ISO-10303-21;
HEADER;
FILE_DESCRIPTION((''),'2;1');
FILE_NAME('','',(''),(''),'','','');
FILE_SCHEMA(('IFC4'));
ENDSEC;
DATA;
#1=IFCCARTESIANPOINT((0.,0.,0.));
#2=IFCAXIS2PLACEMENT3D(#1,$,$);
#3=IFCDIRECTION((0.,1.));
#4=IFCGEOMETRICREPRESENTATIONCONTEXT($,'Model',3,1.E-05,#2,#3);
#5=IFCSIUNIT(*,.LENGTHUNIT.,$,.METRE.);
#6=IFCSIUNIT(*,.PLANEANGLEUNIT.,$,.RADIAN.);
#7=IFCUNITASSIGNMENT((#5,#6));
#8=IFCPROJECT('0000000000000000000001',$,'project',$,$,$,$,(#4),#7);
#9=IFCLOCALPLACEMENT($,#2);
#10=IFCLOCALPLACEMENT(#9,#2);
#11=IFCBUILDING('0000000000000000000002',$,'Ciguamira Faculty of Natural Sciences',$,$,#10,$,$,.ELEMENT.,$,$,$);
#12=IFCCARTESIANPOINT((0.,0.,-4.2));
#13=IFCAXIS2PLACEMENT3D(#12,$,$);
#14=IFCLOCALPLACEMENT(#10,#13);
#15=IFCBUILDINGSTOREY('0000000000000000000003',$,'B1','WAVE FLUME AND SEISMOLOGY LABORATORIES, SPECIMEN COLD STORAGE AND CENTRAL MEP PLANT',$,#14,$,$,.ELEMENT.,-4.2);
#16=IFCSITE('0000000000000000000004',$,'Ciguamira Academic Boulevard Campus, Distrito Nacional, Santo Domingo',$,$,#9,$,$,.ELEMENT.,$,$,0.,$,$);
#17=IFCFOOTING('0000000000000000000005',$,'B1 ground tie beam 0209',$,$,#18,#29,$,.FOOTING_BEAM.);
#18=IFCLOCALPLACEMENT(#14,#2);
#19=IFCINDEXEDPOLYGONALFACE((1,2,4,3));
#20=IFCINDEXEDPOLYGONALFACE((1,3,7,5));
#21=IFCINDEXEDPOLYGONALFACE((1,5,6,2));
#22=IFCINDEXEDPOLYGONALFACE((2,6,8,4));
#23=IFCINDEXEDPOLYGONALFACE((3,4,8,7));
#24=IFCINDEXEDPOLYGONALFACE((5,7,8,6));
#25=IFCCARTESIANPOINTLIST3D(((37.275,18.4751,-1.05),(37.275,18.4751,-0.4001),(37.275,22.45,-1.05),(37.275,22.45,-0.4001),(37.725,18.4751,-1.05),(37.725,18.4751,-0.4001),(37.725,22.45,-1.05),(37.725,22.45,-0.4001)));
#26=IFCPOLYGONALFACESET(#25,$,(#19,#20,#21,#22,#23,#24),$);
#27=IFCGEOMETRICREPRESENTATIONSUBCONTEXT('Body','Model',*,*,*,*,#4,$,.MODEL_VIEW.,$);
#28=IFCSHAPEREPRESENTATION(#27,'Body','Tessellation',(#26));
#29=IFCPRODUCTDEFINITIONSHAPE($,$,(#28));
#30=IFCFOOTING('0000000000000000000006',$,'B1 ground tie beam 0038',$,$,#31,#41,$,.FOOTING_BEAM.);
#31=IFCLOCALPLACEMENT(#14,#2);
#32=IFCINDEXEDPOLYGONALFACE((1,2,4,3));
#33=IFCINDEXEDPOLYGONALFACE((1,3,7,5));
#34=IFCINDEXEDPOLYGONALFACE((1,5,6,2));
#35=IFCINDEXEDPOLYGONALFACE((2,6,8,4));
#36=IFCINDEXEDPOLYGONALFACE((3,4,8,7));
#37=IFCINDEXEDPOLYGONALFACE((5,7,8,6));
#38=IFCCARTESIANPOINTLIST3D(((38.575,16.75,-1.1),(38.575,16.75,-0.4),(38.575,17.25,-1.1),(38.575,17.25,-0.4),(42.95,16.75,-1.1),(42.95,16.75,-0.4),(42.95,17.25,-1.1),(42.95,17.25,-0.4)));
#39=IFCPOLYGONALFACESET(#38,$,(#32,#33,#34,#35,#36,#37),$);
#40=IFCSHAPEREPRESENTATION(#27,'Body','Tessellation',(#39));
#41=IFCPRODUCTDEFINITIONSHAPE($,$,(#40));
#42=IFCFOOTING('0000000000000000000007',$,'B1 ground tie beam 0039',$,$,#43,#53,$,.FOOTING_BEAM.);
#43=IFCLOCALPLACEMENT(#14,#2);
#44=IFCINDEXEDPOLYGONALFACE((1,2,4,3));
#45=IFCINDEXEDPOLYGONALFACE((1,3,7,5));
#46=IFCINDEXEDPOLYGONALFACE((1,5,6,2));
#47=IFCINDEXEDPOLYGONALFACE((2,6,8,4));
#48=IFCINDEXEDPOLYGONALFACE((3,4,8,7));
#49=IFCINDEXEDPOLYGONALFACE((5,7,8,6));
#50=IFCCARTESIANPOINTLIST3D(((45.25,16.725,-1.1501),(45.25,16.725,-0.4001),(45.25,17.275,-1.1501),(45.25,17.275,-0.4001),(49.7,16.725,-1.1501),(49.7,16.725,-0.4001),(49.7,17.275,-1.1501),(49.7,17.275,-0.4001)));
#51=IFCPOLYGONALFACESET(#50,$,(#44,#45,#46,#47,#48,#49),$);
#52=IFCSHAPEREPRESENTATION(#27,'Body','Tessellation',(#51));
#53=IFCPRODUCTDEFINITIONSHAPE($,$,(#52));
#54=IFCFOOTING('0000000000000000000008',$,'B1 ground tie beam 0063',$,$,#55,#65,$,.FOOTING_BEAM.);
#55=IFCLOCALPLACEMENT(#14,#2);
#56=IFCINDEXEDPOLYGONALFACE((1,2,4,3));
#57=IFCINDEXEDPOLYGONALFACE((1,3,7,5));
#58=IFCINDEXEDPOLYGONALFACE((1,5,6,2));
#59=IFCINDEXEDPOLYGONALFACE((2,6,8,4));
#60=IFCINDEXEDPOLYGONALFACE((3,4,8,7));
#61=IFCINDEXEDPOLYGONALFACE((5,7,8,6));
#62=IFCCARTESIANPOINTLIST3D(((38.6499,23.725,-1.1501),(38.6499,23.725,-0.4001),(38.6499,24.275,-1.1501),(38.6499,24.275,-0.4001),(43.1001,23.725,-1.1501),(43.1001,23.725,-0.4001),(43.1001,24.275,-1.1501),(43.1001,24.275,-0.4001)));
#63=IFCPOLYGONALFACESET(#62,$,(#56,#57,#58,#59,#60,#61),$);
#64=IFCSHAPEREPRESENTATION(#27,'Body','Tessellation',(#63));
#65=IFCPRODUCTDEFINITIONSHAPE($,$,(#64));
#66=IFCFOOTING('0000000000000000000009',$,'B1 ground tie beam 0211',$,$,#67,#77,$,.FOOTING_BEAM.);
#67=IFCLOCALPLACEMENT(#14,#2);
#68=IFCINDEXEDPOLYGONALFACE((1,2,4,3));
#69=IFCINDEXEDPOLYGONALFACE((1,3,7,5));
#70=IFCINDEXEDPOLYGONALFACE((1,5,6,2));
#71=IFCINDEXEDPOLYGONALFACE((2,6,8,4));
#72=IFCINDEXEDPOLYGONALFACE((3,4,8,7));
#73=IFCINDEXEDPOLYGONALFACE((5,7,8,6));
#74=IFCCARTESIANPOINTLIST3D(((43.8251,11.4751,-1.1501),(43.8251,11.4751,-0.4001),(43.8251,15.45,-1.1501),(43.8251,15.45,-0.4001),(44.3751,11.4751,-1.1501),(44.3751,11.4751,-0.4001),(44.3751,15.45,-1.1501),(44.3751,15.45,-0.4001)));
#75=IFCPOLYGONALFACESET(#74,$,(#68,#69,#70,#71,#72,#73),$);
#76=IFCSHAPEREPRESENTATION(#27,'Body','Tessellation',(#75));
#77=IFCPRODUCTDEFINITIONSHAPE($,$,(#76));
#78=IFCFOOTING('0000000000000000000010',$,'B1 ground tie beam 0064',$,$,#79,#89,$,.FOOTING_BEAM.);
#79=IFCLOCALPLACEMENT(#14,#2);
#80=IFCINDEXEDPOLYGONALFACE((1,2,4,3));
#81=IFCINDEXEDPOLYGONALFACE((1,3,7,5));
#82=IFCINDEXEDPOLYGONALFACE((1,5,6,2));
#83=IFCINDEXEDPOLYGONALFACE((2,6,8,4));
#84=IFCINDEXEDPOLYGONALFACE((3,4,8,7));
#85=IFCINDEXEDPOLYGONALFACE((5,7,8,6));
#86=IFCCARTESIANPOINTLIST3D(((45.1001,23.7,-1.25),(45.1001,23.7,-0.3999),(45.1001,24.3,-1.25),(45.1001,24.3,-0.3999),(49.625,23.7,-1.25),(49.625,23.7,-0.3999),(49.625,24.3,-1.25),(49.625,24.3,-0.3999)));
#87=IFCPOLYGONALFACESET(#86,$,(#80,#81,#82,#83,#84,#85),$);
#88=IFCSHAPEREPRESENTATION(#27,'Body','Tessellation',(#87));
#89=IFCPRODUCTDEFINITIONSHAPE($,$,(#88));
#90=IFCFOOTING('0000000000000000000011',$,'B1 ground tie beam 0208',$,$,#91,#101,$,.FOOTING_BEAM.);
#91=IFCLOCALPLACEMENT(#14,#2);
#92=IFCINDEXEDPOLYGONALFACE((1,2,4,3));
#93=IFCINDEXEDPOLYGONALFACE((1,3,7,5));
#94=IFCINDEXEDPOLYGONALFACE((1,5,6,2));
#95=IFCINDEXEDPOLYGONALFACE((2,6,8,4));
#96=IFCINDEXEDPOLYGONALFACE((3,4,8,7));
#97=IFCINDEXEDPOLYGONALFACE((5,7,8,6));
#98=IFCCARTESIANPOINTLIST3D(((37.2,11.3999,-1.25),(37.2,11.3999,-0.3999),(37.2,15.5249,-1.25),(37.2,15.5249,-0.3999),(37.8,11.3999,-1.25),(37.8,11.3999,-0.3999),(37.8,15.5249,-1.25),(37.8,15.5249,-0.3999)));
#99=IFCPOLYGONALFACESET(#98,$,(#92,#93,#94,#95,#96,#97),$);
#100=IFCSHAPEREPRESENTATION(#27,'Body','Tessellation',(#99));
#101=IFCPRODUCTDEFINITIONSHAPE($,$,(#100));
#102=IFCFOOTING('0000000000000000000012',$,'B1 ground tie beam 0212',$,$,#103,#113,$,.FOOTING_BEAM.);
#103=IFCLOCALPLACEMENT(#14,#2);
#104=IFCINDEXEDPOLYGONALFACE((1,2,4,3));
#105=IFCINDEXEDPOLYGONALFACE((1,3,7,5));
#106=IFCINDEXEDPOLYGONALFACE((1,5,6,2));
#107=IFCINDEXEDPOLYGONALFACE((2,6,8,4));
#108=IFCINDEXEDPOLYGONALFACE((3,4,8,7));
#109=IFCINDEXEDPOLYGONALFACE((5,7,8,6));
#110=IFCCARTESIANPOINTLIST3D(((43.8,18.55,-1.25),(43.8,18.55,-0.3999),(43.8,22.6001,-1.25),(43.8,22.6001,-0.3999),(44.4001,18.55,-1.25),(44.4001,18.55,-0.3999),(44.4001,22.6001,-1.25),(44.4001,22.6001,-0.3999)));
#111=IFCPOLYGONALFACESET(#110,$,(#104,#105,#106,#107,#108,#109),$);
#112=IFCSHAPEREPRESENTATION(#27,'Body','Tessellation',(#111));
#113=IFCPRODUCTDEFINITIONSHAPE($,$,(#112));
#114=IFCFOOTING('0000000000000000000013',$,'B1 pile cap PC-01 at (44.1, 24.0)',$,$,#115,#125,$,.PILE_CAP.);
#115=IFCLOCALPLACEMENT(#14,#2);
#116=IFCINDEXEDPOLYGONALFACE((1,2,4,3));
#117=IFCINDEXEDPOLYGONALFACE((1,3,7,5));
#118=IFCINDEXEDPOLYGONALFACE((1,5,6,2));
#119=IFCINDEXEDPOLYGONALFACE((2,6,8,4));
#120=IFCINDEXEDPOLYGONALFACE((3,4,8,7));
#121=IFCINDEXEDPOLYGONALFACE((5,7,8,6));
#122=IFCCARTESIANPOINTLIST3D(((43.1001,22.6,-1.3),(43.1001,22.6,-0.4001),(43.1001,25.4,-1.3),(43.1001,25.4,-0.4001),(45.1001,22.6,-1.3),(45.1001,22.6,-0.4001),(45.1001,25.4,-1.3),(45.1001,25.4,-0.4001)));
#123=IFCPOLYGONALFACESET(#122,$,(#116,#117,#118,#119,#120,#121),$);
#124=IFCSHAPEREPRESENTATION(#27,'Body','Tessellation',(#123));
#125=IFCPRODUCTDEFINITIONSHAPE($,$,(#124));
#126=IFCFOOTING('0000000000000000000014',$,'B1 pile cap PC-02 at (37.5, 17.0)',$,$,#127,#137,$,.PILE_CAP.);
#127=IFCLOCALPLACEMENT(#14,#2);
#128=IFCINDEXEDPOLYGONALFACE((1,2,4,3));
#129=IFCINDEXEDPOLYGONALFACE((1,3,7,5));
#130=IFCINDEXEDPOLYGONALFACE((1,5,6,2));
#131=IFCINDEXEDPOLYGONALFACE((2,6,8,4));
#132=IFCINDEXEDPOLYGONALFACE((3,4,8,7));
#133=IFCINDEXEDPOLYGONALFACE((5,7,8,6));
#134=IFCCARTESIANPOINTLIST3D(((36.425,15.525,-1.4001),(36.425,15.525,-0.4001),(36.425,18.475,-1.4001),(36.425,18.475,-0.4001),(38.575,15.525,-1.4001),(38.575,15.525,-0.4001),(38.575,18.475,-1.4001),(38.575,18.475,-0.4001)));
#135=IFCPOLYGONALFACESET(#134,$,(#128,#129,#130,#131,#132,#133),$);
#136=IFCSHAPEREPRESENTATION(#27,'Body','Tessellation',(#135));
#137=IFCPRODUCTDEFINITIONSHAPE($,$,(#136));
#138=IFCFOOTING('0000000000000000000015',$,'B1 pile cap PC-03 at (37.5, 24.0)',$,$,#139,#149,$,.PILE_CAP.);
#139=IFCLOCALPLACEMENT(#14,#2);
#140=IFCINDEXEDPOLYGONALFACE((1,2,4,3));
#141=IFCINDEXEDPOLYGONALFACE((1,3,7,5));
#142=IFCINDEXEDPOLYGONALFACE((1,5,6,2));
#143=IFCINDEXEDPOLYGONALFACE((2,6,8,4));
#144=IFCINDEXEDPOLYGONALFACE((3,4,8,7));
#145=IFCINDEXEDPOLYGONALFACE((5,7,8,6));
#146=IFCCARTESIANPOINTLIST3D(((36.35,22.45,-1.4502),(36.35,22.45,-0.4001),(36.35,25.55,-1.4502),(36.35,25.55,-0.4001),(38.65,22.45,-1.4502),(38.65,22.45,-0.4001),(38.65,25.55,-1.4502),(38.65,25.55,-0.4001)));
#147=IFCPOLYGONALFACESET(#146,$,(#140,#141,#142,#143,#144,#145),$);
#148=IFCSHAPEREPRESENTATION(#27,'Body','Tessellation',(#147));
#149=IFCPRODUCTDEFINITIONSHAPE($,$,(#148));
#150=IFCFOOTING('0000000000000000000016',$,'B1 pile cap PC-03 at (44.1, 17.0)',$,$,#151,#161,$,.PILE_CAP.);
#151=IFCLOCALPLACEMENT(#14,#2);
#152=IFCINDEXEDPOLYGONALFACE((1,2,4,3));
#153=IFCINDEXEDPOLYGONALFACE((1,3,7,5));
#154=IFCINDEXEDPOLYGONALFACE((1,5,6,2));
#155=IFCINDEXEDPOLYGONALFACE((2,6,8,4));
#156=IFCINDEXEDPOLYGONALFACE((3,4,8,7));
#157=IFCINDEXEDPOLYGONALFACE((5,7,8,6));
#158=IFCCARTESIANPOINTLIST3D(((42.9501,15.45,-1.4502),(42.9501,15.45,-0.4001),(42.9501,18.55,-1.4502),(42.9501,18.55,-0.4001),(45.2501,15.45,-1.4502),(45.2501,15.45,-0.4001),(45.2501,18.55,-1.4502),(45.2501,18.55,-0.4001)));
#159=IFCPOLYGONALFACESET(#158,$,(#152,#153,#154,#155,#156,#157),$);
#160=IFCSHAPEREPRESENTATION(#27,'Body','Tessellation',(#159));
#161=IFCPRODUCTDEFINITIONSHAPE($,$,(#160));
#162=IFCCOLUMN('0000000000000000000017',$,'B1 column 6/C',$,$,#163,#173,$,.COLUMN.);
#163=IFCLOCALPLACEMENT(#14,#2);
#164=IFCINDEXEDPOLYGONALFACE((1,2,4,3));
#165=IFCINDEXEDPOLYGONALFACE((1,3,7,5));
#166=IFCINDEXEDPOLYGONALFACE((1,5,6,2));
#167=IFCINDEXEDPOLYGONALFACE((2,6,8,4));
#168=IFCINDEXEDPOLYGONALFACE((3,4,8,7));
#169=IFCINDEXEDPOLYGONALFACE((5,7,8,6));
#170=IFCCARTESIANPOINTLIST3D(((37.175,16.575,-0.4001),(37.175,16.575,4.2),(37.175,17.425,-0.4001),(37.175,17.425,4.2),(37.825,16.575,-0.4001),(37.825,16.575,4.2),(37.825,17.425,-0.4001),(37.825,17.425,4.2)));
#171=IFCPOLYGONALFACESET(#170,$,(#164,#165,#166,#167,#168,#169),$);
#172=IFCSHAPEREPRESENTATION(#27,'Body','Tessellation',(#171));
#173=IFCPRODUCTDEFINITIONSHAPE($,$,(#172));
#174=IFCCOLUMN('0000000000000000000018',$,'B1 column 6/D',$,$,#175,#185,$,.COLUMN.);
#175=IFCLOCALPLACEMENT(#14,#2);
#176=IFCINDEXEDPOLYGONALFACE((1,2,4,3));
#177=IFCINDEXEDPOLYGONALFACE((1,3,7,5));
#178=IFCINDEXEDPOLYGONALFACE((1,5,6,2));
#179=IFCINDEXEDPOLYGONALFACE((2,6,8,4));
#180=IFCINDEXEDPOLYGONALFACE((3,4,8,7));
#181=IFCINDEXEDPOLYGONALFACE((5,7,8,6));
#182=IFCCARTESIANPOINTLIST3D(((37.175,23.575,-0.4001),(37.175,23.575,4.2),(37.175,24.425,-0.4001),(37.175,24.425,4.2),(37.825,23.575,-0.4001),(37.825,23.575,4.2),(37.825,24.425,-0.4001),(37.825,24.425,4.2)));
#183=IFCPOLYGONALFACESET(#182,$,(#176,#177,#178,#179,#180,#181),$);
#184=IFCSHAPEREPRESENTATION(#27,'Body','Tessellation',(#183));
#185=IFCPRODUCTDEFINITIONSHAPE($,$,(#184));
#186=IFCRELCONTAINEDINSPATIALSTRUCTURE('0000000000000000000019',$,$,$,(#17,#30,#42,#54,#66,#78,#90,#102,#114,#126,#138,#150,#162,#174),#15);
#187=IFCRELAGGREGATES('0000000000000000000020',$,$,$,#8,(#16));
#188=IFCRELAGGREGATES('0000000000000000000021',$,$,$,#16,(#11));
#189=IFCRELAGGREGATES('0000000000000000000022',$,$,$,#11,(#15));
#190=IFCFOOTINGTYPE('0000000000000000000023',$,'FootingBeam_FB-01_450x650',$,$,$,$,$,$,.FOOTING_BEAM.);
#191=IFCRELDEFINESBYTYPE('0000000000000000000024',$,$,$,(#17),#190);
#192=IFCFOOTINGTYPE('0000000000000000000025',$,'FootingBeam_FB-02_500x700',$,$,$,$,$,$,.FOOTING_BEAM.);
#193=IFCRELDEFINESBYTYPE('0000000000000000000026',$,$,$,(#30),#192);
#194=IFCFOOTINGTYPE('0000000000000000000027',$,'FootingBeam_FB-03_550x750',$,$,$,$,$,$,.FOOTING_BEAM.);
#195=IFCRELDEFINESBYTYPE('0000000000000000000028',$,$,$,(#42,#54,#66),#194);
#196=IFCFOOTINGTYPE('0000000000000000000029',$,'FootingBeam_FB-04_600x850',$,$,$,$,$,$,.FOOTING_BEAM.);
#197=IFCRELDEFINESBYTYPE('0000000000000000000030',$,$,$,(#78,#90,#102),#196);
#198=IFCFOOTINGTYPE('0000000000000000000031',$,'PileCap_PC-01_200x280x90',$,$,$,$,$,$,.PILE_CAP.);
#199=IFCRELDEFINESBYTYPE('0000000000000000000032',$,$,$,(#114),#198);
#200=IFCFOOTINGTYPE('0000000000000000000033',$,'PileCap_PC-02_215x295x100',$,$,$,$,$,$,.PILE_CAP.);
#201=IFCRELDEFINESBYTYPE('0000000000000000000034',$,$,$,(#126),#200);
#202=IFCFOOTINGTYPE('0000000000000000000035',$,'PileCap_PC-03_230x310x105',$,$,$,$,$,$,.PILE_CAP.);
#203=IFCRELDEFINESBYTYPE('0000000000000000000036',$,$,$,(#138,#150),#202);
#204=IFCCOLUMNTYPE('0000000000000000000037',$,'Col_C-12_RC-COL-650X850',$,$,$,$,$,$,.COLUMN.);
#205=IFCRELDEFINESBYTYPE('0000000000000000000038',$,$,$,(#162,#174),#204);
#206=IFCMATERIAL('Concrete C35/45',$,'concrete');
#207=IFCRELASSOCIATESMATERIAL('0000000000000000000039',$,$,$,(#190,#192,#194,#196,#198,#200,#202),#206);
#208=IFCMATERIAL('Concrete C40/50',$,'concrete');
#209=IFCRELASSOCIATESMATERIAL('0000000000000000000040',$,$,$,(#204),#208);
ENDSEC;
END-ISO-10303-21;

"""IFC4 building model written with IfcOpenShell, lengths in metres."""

from ifc_helpers import new_model, si_unit, direction, frame, origin, origin_2d, place, context, subcontext, project, spatial, rectangle, extrude, material, material_profile, profile_set, type_object, element, save


model = new_model("IFC4")

# Units and contexts
model_context = context("Model", 3, precision=1e-05, world=origin(), true_north=direction((0.0, 1.0)))
body_context = subcontext(model_context, "Body", "Model", "MODEL_VIEW")
ifc_project = project(units=[si_unit("LENGTHUNIT", "METRE"), si_unit("PLANEANGLEUNIT", "RADIAN")], contexts=[model_context])

# Site, building, storey
site_placement = place(None, origin())
site = spatial("IfcSite", under=ifc_project, at=site_placement, Name="Ciguamira Academic Boulevard Campus, Distrito Nacional, Santo Domingo", CompositionType="ELEMENT", RefElevation=0.0)
building_placement = place(site_placement, origin())
building = spatial("IfcBuilding", under=site, at=building_placement, Name="Ciguamira Faculty of Natural Sciences", CompositionType="ELEMENT")
storey_placement = place(building_placement, frame((0.0, 0.0, -4.2)))
storey = spatial("IfcBuildingStorey", under=building, at=storey_placement, Name="B1", Description="WAVE FLUME AND SEISMOLOGY LABORATORIES, SPECIMEN COLD STORAGE AND CENTRAL MEP PLANT", CompositionType="ELEMENT", Elevation=-4.2)

# Shared definitions
ifc_material_1 = material(Name="Concrete C35/45", Category="concrete")

# Footings
ifc_material_profile_1 = material_profile(ifc_material_1, rectangle(XDim=0.45, YDim=0.6499, at=origin_2d()), Name="RC-FB-450X650")
ifc_profile_set_1 = profile_set([ifc_material_profile_1], Name="Concrete C35/45")
footing_type_1 = type_object("IfcFootingType", Name="FootingBeam_FB-01_450x650", PredefinedType="FOOTING_BEAM", material=ifc_profile_set_1)
footing_1_placement = place(storey_placement, frame((37.5, 18.4751, -0.7251), z_axis=(0.0, 1.0, 0.0), x_axis=(-1.0, 0.0, 0.0)))
element("IfcFooting", 1, at=footing_1_placement, inside=storey, type_object=footing_type_1, Name="B1 ground tie beam 0209", PredefinedType="FOOTING_BEAM", context=body_context, shape_type="SweptSolid", body=[
    extrude(rectangle(XDim=0.45, YDim=0.6499, at=origin_2d()), origin(), (0.0, 0.0, 1.0), 3.9749),
])
ifc_material_profile_2 = material_profile(ifc_material_1, rectangle(XDim=0.5, YDim=0.7, at=origin_2d()), Name="RC-FB-500X700")
ifc_profile_set_2 = profile_set([ifc_material_profile_2], Name="Concrete C35/45")
footing_type_2 = type_object("IfcFootingType", Name="FootingBeam_FB-02_500x700", PredefinedType="FOOTING_BEAM", material=ifc_profile_set_2)
footing_2_placement = place(storey_placement, frame((38.575, 17.0, -0.75), z_axis=(1.0, 0.0, 0.0), x_axis=(0.0, 1.0, 0.0)))
element("IfcFooting", 2, at=footing_2_placement, inside=storey, type_object=footing_type_2, Name="B1 ground tie beam 0038", PredefinedType="FOOTING_BEAM", context=body_context, shape_type="SweptSolid", body=[
    extrude(rectangle(XDim=0.5, YDim=0.7, at=origin_2d()), origin(), (0.0, 0.0, 1.0), 4.375),
])
ifc_material_profile_3 = material_profile(ifc_material_1, rectangle(XDim=0.55, YDim=0.75, at=origin_2d()), Name="RC-FB-550X750")
ifc_profile_set_3 = profile_set([ifc_material_profile_3], Name="Concrete C35/45")
footing_type_3 = type_object("IfcFootingType", Name="FootingBeam_FB-03_550x750", PredefinedType="FOOTING_BEAM", material=ifc_profile_set_3)
footing_3_placement = place(storey_placement, frame((45.25, 17.0, -0.7751), z_axis=(1.0, 0.0, 0.0), x_axis=(0.0, 1.0, 0.0)))
element("IfcFooting", 3, at=footing_3_placement, inside=storey, type_object=footing_type_3, Name="B1 ground tie beam 0039", PredefinedType="FOOTING_BEAM", context=body_context, shape_type="SweptSolid", body=[
    extrude(rectangle(XDim=0.55, YDim=0.75, at=origin_2d()), origin(), (0.0, 0.0, 1.0), 4.45),
])
footing_4_placement = place(storey_placement, frame((38.6499, 24.0, -0.7751), z_axis=(1.0, 0.0, 0.0), x_axis=(0.0, 1.0, 0.0)))
element("IfcFooting", 4, at=footing_4_placement, inside=storey, type_object=footing_type_3, Name="B1 ground tie beam 0063", PredefinedType="FOOTING_BEAM", context=body_context, shape_type="SweptSolid", body=[
    extrude(rectangle(XDim=0.55, YDim=0.75, at=origin_2d()), origin(), (0.0, 0.0, 1.0), 4.4502),
])
footing_5_placement = place(storey_placement, frame((44.1001, 11.4751, -0.7751), z_axis=(0.0, 1.0, 0.0), x_axis=(-1.0, 0.0, 0.0)))
element("IfcFooting", 5, at=footing_5_placement, inside=storey, type_object=footing_type_3, Name="B1 ground tie beam 0211", PredefinedType="FOOTING_BEAM", context=body_context, shape_type="SweptSolid", body=[
    extrude(rectangle(XDim=0.55, YDim=0.75, at=origin_2d()), origin(), (0.0, 0.0, 1.0), 3.9749),
])
ifc_material_profile_4 = material_profile(ifc_material_1, rectangle(XDim=0.6001, YDim=0.8501, at=origin_2d()), Name="RC-FB-600X850")
ifc_profile_set_4 = profile_set([ifc_material_profile_4], Name="Concrete C35/45")
footing_type_4 = type_object("IfcFootingType", Name="FootingBeam_FB-04_600x850", PredefinedType="FOOTING_BEAM", material=ifc_profile_set_4)
footing_6_placement = place(storey_placement, frame((45.1001, 24.0, -0.825), z_axis=(1.0, 0.0, 0.0), x_axis=(0.0, 1.0, 0.0)))
element("IfcFooting", 6, at=footing_6_placement, inside=storey, type_object=footing_type_4, Name="B1 ground tie beam 0064", PredefinedType="FOOTING_BEAM", context=body_context, shape_type="SweptSolid", body=[
    extrude(rectangle(XDim=0.6001, YDim=0.8501, at=origin_2d()), origin(), (0.0, 0.0, 1.0), 4.5249),
])
footing_7_placement = place(storey_placement, frame((37.5, 11.3999, -0.825), z_axis=(0.0, 1.0, 0.0), x_axis=(-1.0, 0.0, 0.0)))
element("IfcFooting", 7, at=footing_7_placement, inside=storey, type_object=footing_type_4, Name="B1 ground tie beam 0208", PredefinedType="FOOTING_BEAM", context=body_context, shape_type="SweptSolid", body=[
    extrude(rectangle(XDim=0.6001, YDim=0.8501, at=origin_2d()), origin(), (0.0, 0.0, 1.0), 4.125),
])
footing_8_placement = place(storey_placement, frame((44.1001, 18.55, -0.825), z_axis=(0.0, 1.0, 0.0), x_axis=(-1.0, 0.0, 0.0)))
element("IfcFooting", 8, at=footing_8_placement, inside=storey, type_object=footing_type_4, Name="B1 ground tie beam 0212", PredefinedType="FOOTING_BEAM", context=body_context, shape_type="SweptSolid", body=[
    extrude(rectangle(XDim=0.6001, YDim=0.8501, at=origin_2d()), origin(), (0.0, 0.0, 1.0), 4.05),
])
footing_type_5 = type_object("IfcFootingType", Name="PileCap_PC-01_200x280x90", PredefinedType="PILE_CAP", material=ifc_material_1)
footing_9_placement = place(storey_placement, frame((44.1001, 24.0, -1.3), z_axis=(0.0, 0.0, 1.0), x_axis=(1.0, 0.0, 0.0)))
element("IfcFooting", 9, at=footing_9_placement, inside=storey, type_object=footing_type_5, Name="B1 pile cap PC-01 at (44.1, 24.0)", PredefinedType="PILE_CAP", context=body_context, shape_type="SweptSolid", body=[
    extrude(rectangle(XDim=2.0, YDim=2.8, at=origin_2d()), origin(), (0.0, 0.0, 1.0), 0.8999),
])
footing_type_6 = type_object("IfcFootingType", Name="PileCap_PC-02_215x295x100", PredefinedType="PILE_CAP", material=ifc_material_1)
footing_10_placement = place(storey_placement, frame((37.5, 17.0, -1.4001), z_axis=(0.0, 0.0, 1.0), x_axis=(1.0, 0.0, 0.0)))
element("IfcFooting", 10, at=footing_10_placement, inside=storey, type_object=footing_type_6, Name="B1 pile cap PC-02 at (37.5, 17.0)", PredefinedType="PILE_CAP", context=body_context, shape_type="SweptSolid", body=[
    extrude(rectangle(XDim=2.1499, YDim=2.95, at=origin_2d()), origin(), (0.0, 0.0, 1.0), 1.0),
])
footing_type_7 = type_object("IfcFootingType", Name="PileCap_PC-03_230x310x105", PredefinedType="PILE_CAP", material=ifc_material_1)
for number, where, z_axis, x_axis, name in (
    (11, (37.5, 24.0, -1.4502), (0.0, 0.0, 1.0), (1.0, 0.0, 0.0), "B1 pile cap PC-03 at (37.5, 24.0)"),
    (12, (44.1001, 17.0, -1.4502), (0.0, 0.0, 1.0), (1.0, 0.0, 0.0), "B1 pile cap PC-03 at (44.1, 17.0)"),
):
    element("IfcFooting", number, at=place(storey_placement, frame(where, z_axis=z_axis, x_axis=x_axis)), inside=storey, type_object=footing_type_7, Name=name, PredefinedType="PILE_CAP", context=body_context, shape_type="SweptSolid", body=[
        extrude(rectangle(XDim=2.3, YDim=3.1001, at=origin_2d()), origin(), (0.0, 0.0, 1.0), 1.05),
    ])

# Columns
ifc_material_2 = material(Name="Concrete C40/50", Category="concrete")
ifc_material_profile_5 = material_profile(ifc_material_2, rectangle(XDim=0.6499, YDim=0.8501, at=origin_2d()), Name="RC-COL-650X850")
ifc_profile_set_5 = profile_set([ifc_material_profile_5], Name="Concrete C40/50")
column_type = type_object("IfcColumnType", Name="Col_C-12_RC-COL-650X850", PredefinedType="COLUMN", material=ifc_profile_set_5)
for number, where, z_axis, x_axis, name in (
    (13, (37.5, 17.0, -0.4001), (0.0, 0.0, 1.0), (1.0, 0.0, 0.0), "B1 column 6/C"),
    (14, (37.5, 24.0, -0.4001), (0.0, 0.0, 1.0), (1.0, 0.0, 0.0), "B1 column 6/D"),
):
    element("IfcColumn", number, at=place(storey_placement, frame(where, z_axis=z_axis, x_axis=x_axis)), inside=storey, type_object=column_type, Name=name, PredefinedType="COLUMN", context=body_context, shape_type="SweptSolid", body=[
        extrude(rectangle(XDim=0.6499, YDim=0.8501, at=origin_2d()), origin(), (0.0, 0.0, 1.0), 4.6001),
    ])

save(model, "model.ifc")
